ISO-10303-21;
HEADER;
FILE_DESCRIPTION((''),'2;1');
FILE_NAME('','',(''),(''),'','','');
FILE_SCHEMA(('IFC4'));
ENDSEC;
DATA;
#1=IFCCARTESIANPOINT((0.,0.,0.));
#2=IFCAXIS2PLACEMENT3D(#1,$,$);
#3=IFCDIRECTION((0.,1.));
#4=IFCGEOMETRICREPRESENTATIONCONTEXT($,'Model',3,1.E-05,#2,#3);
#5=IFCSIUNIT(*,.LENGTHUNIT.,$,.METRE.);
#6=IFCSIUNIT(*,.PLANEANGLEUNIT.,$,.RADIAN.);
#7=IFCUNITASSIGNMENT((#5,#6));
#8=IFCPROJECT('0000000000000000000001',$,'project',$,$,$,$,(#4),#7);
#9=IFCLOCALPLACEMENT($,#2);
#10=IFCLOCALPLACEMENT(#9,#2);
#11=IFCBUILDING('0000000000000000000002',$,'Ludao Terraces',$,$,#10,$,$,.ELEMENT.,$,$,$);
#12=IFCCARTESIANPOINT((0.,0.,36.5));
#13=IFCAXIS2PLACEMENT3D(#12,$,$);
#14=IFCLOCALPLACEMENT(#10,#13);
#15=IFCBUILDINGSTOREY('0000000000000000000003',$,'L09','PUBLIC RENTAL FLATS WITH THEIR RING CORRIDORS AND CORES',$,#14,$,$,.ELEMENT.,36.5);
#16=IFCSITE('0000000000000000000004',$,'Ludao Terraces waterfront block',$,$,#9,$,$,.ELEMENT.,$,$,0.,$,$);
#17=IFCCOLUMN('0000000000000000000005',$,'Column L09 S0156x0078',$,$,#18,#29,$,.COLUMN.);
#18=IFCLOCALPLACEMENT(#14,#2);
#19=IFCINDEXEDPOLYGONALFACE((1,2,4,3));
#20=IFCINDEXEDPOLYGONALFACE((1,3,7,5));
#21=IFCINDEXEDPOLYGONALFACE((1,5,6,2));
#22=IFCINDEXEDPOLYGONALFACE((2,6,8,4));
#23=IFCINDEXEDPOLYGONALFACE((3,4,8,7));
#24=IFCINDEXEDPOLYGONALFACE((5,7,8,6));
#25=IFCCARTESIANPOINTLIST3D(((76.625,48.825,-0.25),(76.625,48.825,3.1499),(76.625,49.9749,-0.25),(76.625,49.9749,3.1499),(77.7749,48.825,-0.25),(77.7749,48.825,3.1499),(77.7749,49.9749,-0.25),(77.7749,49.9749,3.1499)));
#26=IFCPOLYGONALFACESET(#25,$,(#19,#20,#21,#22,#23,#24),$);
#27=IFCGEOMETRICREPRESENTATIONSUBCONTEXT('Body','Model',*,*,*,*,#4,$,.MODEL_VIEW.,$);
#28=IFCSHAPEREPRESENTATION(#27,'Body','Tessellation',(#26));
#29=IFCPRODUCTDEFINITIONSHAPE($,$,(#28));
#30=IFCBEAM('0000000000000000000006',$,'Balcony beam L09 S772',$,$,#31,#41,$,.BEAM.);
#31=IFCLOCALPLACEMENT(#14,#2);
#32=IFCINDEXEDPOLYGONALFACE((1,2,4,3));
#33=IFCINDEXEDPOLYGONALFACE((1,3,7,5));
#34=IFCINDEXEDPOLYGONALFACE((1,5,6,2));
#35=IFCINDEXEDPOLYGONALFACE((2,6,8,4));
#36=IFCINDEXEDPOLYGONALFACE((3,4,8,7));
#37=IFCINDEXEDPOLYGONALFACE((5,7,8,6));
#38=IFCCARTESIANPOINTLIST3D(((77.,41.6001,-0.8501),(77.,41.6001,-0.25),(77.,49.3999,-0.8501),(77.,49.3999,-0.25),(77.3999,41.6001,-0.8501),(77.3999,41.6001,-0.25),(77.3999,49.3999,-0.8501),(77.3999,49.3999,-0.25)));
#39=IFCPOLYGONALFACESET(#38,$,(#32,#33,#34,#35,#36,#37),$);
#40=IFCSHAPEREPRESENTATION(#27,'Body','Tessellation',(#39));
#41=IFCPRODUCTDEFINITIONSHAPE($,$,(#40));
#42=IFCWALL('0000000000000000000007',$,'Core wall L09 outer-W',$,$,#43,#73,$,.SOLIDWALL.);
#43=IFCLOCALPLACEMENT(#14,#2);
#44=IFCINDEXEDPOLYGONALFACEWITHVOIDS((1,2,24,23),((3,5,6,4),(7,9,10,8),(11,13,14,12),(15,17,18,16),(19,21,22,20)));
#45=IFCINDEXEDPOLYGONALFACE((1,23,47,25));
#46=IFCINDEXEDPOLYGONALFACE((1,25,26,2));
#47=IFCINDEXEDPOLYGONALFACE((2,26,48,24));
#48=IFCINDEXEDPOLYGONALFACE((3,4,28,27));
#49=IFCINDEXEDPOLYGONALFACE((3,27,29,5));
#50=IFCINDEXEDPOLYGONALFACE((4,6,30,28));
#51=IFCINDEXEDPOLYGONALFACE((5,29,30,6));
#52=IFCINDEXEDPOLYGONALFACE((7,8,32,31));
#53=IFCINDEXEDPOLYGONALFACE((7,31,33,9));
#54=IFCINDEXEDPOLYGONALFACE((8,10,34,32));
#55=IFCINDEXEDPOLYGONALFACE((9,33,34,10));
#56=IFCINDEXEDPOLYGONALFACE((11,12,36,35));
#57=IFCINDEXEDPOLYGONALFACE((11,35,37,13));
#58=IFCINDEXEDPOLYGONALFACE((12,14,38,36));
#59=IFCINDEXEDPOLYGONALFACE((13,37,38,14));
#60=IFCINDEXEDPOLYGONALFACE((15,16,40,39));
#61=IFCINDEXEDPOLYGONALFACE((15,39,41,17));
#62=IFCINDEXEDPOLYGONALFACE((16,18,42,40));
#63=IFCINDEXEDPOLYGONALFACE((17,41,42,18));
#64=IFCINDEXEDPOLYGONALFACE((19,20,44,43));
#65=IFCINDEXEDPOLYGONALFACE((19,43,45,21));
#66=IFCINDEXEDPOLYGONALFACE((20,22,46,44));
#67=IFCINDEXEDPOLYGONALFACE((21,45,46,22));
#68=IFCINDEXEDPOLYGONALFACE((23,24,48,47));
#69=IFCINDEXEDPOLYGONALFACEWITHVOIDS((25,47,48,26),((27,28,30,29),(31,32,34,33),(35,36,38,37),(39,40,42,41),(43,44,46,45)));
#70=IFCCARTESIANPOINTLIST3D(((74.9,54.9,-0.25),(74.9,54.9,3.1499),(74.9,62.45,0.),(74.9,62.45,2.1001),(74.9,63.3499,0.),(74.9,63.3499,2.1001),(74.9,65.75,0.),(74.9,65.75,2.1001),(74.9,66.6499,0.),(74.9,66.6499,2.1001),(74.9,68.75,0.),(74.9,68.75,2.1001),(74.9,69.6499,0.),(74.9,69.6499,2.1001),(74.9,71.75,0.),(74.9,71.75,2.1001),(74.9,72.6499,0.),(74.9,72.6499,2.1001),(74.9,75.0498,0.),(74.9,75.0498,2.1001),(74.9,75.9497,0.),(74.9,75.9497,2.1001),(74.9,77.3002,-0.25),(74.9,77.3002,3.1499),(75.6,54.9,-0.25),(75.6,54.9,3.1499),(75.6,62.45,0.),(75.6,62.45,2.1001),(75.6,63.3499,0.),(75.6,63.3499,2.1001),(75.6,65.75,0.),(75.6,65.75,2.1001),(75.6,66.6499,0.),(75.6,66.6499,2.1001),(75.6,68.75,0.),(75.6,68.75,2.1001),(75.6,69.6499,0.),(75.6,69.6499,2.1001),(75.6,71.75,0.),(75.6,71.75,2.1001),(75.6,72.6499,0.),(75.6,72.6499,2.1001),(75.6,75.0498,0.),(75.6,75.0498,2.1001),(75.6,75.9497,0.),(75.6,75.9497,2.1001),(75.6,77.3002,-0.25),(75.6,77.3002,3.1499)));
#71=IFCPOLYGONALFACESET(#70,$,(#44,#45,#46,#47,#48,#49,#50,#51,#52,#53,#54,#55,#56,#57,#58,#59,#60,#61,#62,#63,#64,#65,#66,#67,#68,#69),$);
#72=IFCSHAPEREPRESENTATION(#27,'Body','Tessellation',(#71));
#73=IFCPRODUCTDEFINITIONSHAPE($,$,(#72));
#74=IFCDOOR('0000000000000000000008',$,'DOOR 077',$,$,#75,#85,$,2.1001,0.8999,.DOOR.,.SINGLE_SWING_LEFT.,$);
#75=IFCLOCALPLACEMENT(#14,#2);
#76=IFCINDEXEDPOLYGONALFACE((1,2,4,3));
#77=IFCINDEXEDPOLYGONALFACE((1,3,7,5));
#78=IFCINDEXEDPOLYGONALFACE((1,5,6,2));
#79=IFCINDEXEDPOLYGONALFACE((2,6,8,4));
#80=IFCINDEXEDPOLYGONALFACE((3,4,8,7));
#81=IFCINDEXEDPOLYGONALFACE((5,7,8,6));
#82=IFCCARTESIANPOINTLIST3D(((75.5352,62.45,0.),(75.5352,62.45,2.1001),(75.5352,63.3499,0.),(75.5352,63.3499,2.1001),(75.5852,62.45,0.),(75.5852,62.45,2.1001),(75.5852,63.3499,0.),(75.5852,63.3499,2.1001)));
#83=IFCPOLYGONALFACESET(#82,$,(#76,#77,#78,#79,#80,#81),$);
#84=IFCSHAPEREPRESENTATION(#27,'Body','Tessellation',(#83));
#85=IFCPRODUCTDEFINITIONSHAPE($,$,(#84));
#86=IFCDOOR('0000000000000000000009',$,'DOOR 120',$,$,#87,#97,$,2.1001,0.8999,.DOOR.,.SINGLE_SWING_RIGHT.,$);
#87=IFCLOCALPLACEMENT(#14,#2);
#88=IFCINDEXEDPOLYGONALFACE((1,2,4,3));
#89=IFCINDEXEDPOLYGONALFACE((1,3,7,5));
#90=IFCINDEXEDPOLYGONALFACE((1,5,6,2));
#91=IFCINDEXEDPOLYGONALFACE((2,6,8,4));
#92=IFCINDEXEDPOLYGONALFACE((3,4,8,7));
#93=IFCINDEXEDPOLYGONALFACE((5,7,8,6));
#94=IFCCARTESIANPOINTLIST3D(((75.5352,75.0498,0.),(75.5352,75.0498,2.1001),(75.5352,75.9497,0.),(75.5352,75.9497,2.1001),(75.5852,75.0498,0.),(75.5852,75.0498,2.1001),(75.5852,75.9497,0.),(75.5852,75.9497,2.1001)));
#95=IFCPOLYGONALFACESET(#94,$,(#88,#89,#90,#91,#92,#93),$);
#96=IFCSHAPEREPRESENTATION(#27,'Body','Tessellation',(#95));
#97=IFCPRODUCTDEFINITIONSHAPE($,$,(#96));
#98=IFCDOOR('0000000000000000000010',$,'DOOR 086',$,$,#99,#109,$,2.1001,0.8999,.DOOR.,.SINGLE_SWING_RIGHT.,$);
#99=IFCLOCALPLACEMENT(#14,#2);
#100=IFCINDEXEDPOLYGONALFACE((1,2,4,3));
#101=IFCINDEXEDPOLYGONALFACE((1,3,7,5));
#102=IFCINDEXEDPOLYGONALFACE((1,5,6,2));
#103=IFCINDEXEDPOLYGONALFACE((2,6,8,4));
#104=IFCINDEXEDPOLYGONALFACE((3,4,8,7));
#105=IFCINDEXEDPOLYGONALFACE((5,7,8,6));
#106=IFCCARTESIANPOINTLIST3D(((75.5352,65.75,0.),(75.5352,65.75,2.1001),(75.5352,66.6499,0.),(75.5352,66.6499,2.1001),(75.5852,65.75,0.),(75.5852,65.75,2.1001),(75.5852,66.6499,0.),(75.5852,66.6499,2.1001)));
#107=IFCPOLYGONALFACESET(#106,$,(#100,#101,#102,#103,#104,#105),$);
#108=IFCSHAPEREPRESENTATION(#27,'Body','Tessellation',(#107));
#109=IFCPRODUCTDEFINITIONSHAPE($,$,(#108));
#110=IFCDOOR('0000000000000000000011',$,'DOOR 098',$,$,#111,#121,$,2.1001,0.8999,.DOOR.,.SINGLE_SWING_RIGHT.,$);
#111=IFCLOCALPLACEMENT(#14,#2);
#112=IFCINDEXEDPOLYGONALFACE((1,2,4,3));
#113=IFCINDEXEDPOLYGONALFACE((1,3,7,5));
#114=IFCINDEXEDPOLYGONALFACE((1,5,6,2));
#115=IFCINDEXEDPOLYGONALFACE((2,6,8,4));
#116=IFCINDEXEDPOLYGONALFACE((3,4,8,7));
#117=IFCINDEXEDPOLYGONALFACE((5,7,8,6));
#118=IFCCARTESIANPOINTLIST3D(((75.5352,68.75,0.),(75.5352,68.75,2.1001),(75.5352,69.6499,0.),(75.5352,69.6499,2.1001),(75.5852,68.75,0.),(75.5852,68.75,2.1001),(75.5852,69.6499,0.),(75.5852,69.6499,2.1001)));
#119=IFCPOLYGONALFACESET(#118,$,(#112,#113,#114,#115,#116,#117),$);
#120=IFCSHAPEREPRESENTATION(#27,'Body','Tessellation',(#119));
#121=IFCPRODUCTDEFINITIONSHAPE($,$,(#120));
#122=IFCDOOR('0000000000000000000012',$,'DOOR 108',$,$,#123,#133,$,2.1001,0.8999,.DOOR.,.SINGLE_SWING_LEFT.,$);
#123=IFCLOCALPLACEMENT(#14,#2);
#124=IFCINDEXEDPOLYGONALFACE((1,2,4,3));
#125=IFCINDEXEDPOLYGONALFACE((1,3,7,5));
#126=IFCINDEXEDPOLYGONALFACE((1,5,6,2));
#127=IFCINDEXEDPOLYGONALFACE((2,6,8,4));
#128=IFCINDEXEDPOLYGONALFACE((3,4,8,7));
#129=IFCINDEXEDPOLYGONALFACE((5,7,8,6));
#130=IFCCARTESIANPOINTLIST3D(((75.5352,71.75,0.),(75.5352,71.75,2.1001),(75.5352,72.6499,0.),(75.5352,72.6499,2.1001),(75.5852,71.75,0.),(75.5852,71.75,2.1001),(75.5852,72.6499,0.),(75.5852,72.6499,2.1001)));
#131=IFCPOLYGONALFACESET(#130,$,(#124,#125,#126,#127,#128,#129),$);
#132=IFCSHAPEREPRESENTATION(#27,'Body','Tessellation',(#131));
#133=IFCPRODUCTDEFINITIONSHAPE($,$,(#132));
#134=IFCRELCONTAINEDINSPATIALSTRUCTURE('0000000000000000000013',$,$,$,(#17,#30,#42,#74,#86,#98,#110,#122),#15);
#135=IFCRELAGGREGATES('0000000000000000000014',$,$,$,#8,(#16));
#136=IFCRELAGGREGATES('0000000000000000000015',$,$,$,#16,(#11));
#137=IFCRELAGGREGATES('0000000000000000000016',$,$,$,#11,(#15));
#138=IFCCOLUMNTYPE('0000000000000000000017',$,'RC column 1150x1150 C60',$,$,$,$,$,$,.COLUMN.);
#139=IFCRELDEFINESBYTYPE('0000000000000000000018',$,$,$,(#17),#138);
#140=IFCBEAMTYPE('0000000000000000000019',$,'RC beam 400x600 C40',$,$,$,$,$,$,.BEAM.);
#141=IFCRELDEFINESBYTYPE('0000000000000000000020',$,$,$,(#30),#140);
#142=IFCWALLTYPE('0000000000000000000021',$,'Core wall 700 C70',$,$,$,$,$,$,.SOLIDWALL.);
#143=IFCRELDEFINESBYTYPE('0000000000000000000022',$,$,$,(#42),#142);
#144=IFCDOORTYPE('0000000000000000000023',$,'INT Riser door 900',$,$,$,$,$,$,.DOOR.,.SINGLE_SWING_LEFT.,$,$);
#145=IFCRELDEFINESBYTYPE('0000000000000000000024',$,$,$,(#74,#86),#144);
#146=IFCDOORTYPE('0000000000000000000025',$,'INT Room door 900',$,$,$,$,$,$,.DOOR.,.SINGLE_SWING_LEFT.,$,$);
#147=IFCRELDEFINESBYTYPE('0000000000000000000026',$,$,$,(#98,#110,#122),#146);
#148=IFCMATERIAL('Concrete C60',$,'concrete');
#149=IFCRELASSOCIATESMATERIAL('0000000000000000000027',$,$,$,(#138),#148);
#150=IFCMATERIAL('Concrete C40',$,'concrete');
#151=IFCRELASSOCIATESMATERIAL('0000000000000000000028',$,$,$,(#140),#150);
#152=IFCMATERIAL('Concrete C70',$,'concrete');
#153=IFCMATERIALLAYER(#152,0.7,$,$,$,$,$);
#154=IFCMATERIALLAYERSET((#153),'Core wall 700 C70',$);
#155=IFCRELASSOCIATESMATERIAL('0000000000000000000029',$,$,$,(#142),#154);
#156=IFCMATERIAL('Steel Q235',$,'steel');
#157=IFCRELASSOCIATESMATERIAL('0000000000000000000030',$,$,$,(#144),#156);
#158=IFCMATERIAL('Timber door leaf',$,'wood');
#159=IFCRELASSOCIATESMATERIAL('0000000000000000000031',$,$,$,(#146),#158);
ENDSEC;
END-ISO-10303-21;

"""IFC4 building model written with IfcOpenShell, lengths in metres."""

from ifc_helpers import new_model, si_unit, direction, frame, frame_2d, origin, origin_2d, place, context, subcontext, project, spatial, rectangle, extrude, material, layer, layer_set, material_profile, profile_set, type_object, element, fill, save


model = new_model("IFC4")

# Units and contexts
model_context = context("Model", 3, precision=1e-05, world=origin(), true_north=direction((0.0, 1.0)))
body_context = subcontext(model_context, "Body", "Model", "MODEL_VIEW")
ifc_project = project(units=[si_unit("LENGTHUNIT", "METRE"), si_unit("PLANEANGLEUNIT", "RADIAN")], contexts=[model_context])

# Site, building, storey
site_placement = place(None, origin())
site = spatial("IfcSite", under=ifc_project, at=site_placement, Name="Ludao Terraces waterfront block", CompositionType="ELEMENT", RefElevation=0.0)
building_placement = place(site_placement, origin())
building = spatial("IfcBuilding", under=site, at=building_placement, Name="Ludao Terraces", CompositionType="ELEMENT")
storey_placement = place(building_placement, frame((0.0, 0.0, 36.5)))
storey = spatial("IfcBuildingStorey", under=building, at=storey_placement, Name="L09", Description="PUBLIC RENTAL FLATS WITH THEIR RING CORRIDORS AND CORES", CompositionType="ELEMENT", Elevation=36.5)

# Column
ifc_material_1 = material(Name="Concrete C60", Category="concrete")
ifc_material_profile_1 = material_profile(ifc_material_1, rectangle(XDim=1.1499, YDim=1.1499, at=origin_2d()), Name="1150 X 1150")
ifc_profile_set_1 = profile_set([ifc_material_profile_1], Name="Concrete C60")
column_type = type_object("IfcColumnType", Name="RC column 1150x1150 C60", PredefinedType="COLUMN", material=ifc_profile_set_1)
column_placement = place(storey_placement, frame((77.2, 49.3999, -0.25), z_axis=(0.0, 0.0, 1.0), x_axis=(1.0, 0.0, 0.0)))
element("IfcColumn", 1, at=column_placement, inside=storey, type_object=column_type, Name="Column L09 S0156x0078", PredefinedType="COLUMN", context=body_context, shape_type="SweptSolid", body=[
    extrude(rectangle(XDim=1.1499, YDim=1.1499, at=origin_2d()), origin(), (0.0, 0.0, 1.0), 3.3999),
])

# Beam
ifc_material_2 = material(Name="Concrete C40", Category="concrete")
ifc_material_profile_2 = material_profile(ifc_material_2, rectangle(XDim=0.3999, YDim=0.6001, at=origin_2d()), Name="400 X 600")
ifc_profile_set_2 = profile_set([ifc_material_profile_2], Name="Concrete C40")
beam_type = type_object("IfcBeamType", Name="RC beam 400x600 C40", PredefinedType="BEAM", material=ifc_profile_set_2)
beam_placement = place(storey_placement, frame((77.2, 49.3999, -0.55), z_axis=(0.0, -1.0, 0.0), x_axis=(1.0, 0.0, 0.0)))
element("IfcBeam", 2, at=beam_placement, inside=storey, type_object=beam_type, Name="Balcony beam L09 S772", PredefinedType="BEAM", context=body_context, shape_type="SweptSolid", body=[
    extrude(rectangle(XDim=0.3999, YDim=0.6001, at=origin_2d()), origin(), (0.0, 0.0, 1.0), 7.7998),
])

# Wall, openings, doors
ifc_material_3 = material(Name="Concrete C70", Category="concrete")
ifc_layer_1 = layer(ifc_material_3, 0.7)
ifc_layer_set_1 = layer_set([ifc_layer_1], Name="Core wall 700 C70")
wall_type_1 = type_object("IfcWallType", Name="Core wall 700 C70", PredefinedType="SOLIDWALL", material=ifc_layer_set_1)
wall_1_placement = place(storey_placement, frame((75.25, 54.8999, -0.25), z_axis=(0.0, 0.0, 1.0), x_axis=(0.0, 1.0, 0.0)))
wall_1 = element("IfcWall", 3, at=wall_1_placement, inside=storey, type_object=wall_type_1, Name="Core wall L09 outer-W", PredefinedType="SOLIDWALL", context=body_context, shape_type="SweptSolid", body=[
    extrude(rectangle(XDim=22.4001, YDim=0.7, at=frame_2d((11.2002, 0.0))), origin(), (0.0, 0.0, 1.0), 3.3999),
])
opening_1_placement = place(wall_1_placement, frame((7.55, 0.0, 0.25)))
opening_1 = element("IfcOpeningElement", 4, at=opening_1_placement, cuts=wall_1, PredefinedType="OPENING", context=body_context, shape_type="SweptSolid", body=[
    extrude(rectangle(XDim=0.8999, YDim=2.1001, at=frame_2d((0.45, 1.05))), frame((0.0, 0.3599, 0.0), z_axis=(0.0, -1.0, 0.0), x_axis=(1.0, 0.0, 0.0)), (0.0, 0.0, 1.0), 0.72),
])
opening_2_placement = place(wall_1_placement, frame((10.8501, 0.0, 0.25)))
opening_2 = element("IfcOpeningElement", 5, at=opening_2_placement, cuts=wall_1, PredefinedType="OPENING", context=body_context, shape_type="SweptSolid", body=[
    extrude(rectangle(XDim=0.8999, YDim=2.1001, at=frame_2d((0.45, 1.05))), frame((0.0, 0.3599, 0.0), z_axis=(0.0, -1.0, 0.0), x_axis=(1.0, 0.0, 0.0)), (0.0, 0.0, 1.0), 0.72),
])
opening_3_placement = place(wall_1_placement, frame((13.8501, 0.0, 0.25)))
opening_3 = element("IfcOpeningElement", 6, at=opening_3_placement, cuts=wall_1, PredefinedType="OPENING", context=body_context, shape_type="SweptSolid", body=[
    extrude(rectangle(XDim=0.8999, YDim=2.1001, at=frame_2d((0.45, 1.05))), frame((0.0, 0.3599, 0.0), z_axis=(0.0, -1.0, 0.0), x_axis=(1.0, 0.0, 0.0)), (0.0, 0.0, 1.0), 0.72),
])
opening_4_placement = place(wall_1_placement, frame((16.8501, 0.0, 0.25)))
opening_4 = element("IfcOpeningElement", 7, at=opening_4_placement, cuts=wall_1, PredefinedType="OPENING", context=body_context, shape_type="SweptSolid", body=[
    extrude(rectangle(XDim=0.8999, YDim=2.1001, at=frame_2d((0.45, 1.05))), frame((0.0, 0.3599, 0.0), z_axis=(0.0, -1.0, 0.0), x_axis=(1.0, 0.0, 0.0)), (0.0, 0.0, 1.0), 0.72),
])
opening_5_placement = place(wall_1_placement, frame((20.1499, 0.0, 0.25)))
opening_5 = element("IfcOpeningElement", 8, at=opening_5_placement, cuts=wall_1, PredefinedType="OPENING", context=body_context, shape_type="SweptSolid", body=[
    extrude(rectangle(XDim=0.8999, YDim=2.1001, at=frame_2d((0.45, 1.05))), frame((0.0, 0.3599, 0.0), z_axis=(0.0, -1.0, 0.0), x_axis=(1.0, 0.0, 0.0)), (0.0, 0.0, 1.0), 0.72),
])
ifc_material_4 = material(Name="Steel Q235", Category="steel")
door_type_1 = type_object("IfcDoorType", Name="INT Riser door 900", OperationType="SINGLE_SWING_LEFT", PredefinedType="DOOR", material=ifc_material_4)
door_1_placement = place(opening_1_placement, origin())
door_1 = element("IfcDoor", 9, at=door_1_placement, inside=storey, type_object=door_type_1, Name="DOOR 077", OperationType="SINGLE_SWING_LEFT", OverallHeight=2.1001, OverallWidth=0.8999, PredefinedType="DOOR", context=body_context, shape_type="SweptSolid", body=[
    extrude(rectangle(XDim=0.8999, YDim=2.1001, at=frame_2d((0.45, 1.05))), frame((0.0, -0.2852, 0.0), z_axis=(0.0, -1.0, 0.0), x_axis=(1.0, 0.0, 0.0)), (0.0, 0.0, 1.0), 0.05),
])
fill(opening_1, door_1)
door_2_placement = place(opening_5_placement, origin())
door_2 = element("IfcDoor", 10, at=door_2_placement, inside=storey, type_object=door_type_1, Name="DOOR 120", OperationType="SINGLE_SWING_RIGHT", OverallHeight=2.1001, OverallWidth=0.8999, PredefinedType="DOOR", context=body_context, shape_type="SweptSolid", body=[
    extrude(rectangle(XDim=0.8999, YDim=2.1001, at=frame_2d((0.45, 1.05))), frame((0.0, -0.2852, 0.0), z_axis=(0.0, -1.0, 0.0), x_axis=(1.0, 0.0, 0.0)), (0.0, 0.0, 1.0), 0.05),
])
fill(opening_5, door_2)
ifc_material_5 = material(Name="Timber door leaf", Category="wood")
door_type_2 = type_object("IfcDoorType", Name="INT Room door 900", OperationType="SINGLE_SWING_LEFT", PredefinedType="DOOR", material=ifc_material_5)
door_3_placement = place(opening_2_placement, origin())
door_3 = element("IfcDoor", 11, at=door_3_placement, inside=storey, type_object=door_type_2, Name="DOOR 086", OperationType="SINGLE_SWING_RIGHT", OverallHeight=2.1001, OverallWidth=0.8999, PredefinedType="DOOR", context=body_context, shape_type="SweptSolid", body=[
    extrude(rectangle(XDim=0.8999, YDim=2.1001, at=frame_2d((0.45, 1.05))), frame((0.0, -0.2852, 0.0), z_axis=(0.0, -1.0, 0.0), x_axis=(1.0, 0.0, 0.0)), (0.0, 0.0, 1.0), 0.05),
])
fill(opening_2, door_3)
door_4_placement = place(opening_3_placement, origin())
door_4 = element("IfcDoor", 12, at=door_4_placement, inside=storey, type_object=door_type_2, Name="DOOR 098", OperationType="SINGLE_SWING_RIGHT", OverallHeight=2.1001, OverallWidth=0.8999, PredefinedType="DOOR", context=body_context, shape_type="SweptSolid", body=[
    extrude(rectangle(XDim=0.8999, YDim=2.1001, at=frame_2d((0.45, 1.05))), frame((0.0, -0.2852, 0.0), z_axis=(0.0, -1.0, 0.0), x_axis=(1.0, 0.0, 0.0)), (0.0, 0.0, 1.0), 0.05),
])
fill(opening_3, door_4)
door_5_placement = place(opening_4_placement, origin())
door_5 = element("IfcDoor", 13, at=door_5_placement, inside=storey, type_object=door_type_2, Name="DOOR 108", OperationType="SINGLE_SWING_LEFT", OverallHeight=2.1001, OverallWidth=0.8999, PredefinedType="DOOR", context=body_context, shape_type="SweptSolid", body=[
    extrude(rectangle(XDim=0.8999, YDim=2.1001, at=frame_2d((0.45, 1.05))), frame((0.0, -0.2852, 0.0), z_axis=(0.0, -1.0, 0.0), x_axis=(1.0, 0.0, 0.0)), (0.0, 0.0, 1.0), 0.05),
])
fill(opening_4, door_5)

save(model, "model.ifc")
